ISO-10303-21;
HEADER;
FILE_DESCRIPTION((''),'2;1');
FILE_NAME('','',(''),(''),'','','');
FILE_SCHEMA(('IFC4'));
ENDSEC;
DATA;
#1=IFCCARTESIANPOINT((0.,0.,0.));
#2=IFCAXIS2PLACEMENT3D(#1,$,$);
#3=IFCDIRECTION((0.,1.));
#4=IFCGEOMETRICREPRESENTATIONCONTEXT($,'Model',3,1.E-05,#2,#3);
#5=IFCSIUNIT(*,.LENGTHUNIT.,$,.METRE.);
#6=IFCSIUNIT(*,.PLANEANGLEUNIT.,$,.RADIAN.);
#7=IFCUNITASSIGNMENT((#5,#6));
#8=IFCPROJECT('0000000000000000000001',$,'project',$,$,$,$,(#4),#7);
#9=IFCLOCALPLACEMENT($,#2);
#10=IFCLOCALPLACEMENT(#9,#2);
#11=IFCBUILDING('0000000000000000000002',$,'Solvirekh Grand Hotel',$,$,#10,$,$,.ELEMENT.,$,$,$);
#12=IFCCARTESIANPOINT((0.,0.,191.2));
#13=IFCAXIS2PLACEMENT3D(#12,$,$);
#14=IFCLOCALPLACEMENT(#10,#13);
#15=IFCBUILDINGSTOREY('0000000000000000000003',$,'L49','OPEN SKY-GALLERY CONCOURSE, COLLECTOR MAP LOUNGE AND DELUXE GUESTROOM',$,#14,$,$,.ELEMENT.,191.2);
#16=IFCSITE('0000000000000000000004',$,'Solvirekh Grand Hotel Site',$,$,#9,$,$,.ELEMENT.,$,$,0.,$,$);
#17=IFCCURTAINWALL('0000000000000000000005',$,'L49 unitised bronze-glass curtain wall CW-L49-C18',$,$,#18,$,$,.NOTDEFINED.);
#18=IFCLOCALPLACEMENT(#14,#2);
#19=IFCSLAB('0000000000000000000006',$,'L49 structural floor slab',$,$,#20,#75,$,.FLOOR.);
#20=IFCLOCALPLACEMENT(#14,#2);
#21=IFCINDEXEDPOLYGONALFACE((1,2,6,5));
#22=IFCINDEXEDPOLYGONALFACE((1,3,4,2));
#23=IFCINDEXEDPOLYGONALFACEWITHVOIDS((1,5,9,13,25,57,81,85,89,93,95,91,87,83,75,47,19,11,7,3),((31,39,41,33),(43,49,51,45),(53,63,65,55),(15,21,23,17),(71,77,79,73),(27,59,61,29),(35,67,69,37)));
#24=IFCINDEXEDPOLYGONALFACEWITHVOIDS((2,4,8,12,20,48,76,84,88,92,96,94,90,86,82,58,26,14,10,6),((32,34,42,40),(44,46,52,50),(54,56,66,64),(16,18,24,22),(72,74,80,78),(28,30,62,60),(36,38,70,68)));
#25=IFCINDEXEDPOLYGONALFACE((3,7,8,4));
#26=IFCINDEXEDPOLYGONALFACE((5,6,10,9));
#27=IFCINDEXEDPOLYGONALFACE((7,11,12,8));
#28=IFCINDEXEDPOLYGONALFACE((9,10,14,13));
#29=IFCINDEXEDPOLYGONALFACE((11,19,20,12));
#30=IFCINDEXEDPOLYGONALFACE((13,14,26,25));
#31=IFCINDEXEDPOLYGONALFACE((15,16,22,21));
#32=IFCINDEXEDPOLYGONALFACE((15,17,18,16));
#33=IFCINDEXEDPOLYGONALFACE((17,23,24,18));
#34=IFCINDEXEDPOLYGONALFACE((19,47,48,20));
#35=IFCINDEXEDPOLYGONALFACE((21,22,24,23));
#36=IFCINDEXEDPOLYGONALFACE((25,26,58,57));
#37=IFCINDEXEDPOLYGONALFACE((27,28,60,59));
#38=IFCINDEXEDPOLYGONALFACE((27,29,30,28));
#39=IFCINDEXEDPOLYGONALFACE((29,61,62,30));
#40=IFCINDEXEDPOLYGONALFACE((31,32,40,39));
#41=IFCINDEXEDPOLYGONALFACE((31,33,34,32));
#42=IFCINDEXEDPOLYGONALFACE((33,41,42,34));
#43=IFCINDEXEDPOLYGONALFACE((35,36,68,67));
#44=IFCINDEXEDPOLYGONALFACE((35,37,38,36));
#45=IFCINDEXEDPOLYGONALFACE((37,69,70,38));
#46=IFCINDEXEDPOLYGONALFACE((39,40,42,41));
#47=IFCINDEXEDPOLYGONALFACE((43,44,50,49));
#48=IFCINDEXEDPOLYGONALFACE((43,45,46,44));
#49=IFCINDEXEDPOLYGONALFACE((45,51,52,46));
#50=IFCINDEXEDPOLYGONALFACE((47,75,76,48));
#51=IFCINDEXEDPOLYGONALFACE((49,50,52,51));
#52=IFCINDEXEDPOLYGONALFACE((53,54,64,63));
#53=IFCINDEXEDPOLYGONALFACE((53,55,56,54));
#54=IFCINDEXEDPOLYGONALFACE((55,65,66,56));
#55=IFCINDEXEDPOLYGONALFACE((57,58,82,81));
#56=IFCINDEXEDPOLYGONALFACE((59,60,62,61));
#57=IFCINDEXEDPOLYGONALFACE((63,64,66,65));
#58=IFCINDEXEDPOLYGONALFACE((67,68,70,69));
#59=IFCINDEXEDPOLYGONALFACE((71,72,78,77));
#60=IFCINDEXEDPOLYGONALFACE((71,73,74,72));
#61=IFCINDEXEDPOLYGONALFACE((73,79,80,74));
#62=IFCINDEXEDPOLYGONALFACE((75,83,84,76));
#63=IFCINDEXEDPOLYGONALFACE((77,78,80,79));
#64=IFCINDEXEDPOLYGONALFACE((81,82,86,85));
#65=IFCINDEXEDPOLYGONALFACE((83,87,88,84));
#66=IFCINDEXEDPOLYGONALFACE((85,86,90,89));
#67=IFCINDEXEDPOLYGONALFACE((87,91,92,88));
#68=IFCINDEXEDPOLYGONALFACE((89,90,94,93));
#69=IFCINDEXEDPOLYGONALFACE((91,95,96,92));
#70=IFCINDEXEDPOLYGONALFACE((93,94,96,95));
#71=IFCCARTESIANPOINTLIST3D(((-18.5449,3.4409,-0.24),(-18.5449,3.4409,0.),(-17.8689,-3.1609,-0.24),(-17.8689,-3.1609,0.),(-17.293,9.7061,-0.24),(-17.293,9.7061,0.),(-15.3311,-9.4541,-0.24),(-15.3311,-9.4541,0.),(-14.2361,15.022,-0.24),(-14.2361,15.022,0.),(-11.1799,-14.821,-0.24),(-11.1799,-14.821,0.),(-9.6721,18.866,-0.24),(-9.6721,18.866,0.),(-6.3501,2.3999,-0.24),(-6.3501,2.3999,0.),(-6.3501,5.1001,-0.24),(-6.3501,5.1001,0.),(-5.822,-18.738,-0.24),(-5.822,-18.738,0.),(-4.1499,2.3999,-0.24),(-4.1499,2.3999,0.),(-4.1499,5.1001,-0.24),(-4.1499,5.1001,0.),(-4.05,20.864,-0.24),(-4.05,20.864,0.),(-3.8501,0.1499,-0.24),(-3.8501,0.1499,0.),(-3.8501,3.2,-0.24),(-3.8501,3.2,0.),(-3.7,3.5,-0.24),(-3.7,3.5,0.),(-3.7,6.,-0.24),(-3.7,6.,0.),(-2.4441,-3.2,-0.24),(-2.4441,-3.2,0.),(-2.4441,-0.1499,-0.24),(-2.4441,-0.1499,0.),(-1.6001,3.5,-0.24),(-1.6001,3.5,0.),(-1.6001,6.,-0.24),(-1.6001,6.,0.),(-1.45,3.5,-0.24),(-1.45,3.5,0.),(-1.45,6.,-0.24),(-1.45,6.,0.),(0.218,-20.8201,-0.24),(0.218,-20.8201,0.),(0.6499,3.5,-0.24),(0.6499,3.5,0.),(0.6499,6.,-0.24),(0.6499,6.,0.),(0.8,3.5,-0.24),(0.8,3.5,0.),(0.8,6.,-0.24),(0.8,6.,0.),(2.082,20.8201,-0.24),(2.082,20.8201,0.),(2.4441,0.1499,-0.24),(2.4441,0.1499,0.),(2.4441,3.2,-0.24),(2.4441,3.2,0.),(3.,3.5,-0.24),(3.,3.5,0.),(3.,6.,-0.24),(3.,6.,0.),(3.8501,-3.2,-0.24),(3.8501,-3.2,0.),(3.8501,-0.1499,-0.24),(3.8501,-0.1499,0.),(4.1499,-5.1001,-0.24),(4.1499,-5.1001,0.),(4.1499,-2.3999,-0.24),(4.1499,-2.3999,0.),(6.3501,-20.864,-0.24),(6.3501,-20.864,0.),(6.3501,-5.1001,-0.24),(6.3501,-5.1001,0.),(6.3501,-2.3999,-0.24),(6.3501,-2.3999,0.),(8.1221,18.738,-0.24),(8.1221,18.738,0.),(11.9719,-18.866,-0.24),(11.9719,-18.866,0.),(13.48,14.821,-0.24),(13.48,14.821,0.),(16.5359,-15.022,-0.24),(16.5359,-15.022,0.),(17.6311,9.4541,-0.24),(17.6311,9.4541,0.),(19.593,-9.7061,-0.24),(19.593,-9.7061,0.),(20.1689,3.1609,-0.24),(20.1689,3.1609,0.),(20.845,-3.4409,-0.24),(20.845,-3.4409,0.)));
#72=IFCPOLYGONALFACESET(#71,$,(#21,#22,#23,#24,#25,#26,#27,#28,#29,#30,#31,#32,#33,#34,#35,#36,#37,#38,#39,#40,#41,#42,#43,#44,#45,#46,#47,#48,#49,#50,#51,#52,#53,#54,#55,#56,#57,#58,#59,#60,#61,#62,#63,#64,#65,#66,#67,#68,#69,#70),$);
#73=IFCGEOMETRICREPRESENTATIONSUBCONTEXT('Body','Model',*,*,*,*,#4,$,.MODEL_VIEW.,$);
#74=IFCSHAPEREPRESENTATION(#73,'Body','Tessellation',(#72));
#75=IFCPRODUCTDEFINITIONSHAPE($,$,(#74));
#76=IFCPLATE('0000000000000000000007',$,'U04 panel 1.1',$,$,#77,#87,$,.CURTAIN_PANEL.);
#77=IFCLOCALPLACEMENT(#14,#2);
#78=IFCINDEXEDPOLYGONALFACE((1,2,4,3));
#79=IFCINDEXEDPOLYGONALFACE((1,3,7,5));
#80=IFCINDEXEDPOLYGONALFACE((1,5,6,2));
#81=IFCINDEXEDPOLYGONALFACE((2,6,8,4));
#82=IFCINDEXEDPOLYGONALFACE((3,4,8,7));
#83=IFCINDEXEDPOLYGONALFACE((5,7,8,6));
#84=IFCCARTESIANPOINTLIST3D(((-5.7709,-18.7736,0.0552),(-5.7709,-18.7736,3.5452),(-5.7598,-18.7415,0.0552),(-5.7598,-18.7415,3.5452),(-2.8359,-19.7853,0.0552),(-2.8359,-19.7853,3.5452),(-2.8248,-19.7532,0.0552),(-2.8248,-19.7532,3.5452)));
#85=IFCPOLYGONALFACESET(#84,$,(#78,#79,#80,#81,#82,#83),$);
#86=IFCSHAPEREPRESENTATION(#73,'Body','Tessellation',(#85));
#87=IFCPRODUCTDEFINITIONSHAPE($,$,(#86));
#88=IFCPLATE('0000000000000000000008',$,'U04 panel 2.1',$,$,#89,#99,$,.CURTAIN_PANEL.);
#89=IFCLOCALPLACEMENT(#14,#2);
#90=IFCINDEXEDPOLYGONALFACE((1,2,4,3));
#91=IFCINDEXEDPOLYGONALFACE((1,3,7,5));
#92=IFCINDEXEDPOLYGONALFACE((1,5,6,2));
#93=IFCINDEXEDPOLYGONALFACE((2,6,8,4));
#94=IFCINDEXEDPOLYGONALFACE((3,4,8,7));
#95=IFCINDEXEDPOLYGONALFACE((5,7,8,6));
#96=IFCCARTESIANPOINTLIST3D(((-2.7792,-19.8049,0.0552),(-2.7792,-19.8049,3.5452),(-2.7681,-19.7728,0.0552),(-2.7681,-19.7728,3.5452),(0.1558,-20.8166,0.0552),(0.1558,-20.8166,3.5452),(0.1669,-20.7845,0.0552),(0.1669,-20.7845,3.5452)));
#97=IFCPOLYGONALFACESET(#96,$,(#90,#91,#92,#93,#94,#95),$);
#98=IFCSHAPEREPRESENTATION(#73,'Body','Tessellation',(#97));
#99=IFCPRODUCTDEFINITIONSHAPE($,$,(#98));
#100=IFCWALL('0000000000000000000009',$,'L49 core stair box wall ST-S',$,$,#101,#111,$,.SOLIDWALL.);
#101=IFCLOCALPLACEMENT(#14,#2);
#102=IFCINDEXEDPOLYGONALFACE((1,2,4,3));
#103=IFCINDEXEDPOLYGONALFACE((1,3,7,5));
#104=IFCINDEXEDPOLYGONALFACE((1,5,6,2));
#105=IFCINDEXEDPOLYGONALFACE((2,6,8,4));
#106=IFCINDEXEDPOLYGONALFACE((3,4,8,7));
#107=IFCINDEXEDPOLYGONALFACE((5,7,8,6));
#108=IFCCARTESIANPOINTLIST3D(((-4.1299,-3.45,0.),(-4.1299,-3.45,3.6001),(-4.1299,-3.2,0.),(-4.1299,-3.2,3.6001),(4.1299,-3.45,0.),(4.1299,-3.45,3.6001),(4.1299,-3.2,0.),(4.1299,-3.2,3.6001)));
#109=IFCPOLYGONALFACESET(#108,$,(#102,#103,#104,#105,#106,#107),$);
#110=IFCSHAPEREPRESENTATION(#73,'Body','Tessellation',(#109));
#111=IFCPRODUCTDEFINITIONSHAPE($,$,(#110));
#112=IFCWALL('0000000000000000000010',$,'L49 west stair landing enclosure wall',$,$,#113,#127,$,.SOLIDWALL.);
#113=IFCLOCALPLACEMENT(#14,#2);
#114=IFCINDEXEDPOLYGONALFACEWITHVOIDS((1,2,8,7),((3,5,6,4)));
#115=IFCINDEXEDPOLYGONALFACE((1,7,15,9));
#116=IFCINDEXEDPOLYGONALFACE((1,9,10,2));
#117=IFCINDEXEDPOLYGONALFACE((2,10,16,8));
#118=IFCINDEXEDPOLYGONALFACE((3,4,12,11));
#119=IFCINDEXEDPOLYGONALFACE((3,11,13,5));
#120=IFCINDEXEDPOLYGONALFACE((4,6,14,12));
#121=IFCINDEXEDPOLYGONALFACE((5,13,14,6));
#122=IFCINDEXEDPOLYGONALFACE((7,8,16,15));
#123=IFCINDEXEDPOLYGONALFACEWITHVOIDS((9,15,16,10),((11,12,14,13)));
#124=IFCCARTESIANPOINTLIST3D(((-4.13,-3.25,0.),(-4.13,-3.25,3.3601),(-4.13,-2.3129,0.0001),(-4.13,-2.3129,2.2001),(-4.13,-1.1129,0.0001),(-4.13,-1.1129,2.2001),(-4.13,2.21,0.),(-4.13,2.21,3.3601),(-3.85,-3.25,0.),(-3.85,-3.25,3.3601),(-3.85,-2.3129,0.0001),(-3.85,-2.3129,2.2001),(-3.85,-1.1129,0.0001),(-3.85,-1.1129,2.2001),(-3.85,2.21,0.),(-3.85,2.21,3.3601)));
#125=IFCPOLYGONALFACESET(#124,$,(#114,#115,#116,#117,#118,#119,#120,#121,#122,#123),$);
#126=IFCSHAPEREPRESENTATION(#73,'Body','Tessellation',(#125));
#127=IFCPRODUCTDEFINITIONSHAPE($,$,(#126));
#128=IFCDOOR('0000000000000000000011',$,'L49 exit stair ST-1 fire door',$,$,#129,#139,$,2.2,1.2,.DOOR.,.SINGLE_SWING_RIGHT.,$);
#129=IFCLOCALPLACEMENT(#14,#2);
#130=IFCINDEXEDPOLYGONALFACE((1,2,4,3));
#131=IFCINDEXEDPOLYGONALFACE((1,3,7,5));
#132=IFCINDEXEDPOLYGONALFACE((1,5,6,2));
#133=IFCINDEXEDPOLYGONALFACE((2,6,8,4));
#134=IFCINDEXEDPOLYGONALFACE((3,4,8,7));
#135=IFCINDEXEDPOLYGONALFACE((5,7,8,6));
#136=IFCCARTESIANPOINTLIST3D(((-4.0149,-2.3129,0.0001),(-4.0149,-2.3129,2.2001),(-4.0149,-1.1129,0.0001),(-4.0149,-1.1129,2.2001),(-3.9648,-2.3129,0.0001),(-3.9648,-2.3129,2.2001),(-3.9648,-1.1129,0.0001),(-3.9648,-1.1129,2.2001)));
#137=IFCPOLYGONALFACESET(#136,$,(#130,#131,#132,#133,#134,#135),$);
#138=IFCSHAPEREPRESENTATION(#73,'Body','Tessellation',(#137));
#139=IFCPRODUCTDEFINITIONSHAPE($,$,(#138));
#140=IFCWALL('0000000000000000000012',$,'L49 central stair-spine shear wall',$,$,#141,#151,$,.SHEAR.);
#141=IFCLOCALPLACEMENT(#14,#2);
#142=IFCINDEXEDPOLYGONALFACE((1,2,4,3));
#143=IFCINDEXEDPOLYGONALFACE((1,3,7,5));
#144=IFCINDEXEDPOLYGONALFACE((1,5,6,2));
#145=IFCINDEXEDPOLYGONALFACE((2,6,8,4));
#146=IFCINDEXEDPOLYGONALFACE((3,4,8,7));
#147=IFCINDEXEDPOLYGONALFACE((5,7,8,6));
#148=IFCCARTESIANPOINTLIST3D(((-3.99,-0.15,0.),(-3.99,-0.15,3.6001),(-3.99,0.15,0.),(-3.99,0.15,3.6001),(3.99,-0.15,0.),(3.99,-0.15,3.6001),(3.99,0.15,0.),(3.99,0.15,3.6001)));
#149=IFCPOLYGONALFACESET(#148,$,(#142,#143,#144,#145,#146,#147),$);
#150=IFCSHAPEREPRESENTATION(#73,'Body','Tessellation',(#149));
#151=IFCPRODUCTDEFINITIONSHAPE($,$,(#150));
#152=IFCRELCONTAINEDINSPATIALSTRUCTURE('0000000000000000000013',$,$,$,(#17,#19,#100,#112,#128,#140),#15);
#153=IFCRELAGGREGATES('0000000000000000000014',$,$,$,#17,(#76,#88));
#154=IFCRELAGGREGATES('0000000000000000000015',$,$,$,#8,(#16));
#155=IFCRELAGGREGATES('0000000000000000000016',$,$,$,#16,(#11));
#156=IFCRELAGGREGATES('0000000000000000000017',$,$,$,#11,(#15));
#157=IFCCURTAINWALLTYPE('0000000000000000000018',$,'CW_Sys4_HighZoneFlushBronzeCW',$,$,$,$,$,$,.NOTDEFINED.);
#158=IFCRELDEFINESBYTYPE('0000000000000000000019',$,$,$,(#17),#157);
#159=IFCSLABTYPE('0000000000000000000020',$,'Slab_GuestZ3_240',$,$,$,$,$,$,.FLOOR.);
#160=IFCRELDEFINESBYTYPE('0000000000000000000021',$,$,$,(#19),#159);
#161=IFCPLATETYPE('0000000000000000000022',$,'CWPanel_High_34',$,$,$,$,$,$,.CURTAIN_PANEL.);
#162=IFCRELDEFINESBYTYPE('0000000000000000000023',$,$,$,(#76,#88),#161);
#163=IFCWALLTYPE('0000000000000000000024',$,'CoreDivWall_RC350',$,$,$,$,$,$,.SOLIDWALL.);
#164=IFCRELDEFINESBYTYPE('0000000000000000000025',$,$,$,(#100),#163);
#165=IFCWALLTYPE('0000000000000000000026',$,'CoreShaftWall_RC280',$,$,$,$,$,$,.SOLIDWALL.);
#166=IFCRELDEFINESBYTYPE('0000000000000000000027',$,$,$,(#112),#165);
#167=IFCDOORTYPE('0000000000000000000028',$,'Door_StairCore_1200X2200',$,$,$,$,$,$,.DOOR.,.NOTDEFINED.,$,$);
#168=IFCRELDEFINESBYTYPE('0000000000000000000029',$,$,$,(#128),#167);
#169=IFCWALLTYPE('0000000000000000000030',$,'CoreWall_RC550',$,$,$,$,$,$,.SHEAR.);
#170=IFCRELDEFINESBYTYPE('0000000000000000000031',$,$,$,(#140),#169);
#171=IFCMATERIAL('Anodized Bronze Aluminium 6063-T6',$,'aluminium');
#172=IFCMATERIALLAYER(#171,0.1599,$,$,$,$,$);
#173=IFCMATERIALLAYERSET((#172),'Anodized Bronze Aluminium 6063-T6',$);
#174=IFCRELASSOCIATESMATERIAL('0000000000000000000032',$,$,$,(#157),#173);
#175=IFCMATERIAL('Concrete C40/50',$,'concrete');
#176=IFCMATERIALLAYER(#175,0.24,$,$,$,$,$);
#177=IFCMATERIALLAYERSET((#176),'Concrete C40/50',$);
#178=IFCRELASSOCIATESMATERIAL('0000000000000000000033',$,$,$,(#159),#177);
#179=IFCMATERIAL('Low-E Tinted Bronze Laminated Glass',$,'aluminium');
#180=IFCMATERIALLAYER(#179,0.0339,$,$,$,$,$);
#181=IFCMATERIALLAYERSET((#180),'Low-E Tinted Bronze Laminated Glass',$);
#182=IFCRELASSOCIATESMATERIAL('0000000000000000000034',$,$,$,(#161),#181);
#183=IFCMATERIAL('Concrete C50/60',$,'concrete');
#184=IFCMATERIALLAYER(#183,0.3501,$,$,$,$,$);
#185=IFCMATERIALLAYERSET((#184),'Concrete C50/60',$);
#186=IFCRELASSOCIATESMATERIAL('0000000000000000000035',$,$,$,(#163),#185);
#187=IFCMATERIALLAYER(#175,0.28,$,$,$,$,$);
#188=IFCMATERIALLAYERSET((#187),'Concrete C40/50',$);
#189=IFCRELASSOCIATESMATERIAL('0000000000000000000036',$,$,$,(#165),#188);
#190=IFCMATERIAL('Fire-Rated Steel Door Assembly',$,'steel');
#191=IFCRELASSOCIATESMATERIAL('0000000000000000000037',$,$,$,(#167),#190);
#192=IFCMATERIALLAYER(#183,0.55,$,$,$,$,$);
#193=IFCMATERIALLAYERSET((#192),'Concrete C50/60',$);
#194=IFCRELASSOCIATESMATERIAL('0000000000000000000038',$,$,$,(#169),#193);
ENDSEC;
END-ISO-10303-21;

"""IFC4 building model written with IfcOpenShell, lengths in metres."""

from ifc_helpers import new_model, si_unit, direction, frame, frame_2d, origin, origin_2d, place, context, subcontext, project, spatial, polyline, rectangle, outline, extrude, source, transform, mapped, material, layer, layer_set, type_object, element, fill, aggregate, save


model = new_model("IFC4")

# Units and contexts
model_context = context("Model", 3, precision=1e-05, world=origin(), true_north=direction((0.0, 1.0)))
body_context = subcontext(model_context, "Body", "Model", "MODEL_VIEW")
ifc_project = project(units=[si_unit("LENGTHUNIT", "METRE"), si_unit("PLANEANGLEUNIT", "RADIAN")], contexts=[model_context])

# Site, building, storey
site_placement = place(None, origin())
site = spatial("IfcSite", under=ifc_project, at=site_placement, Name="Solvirekh Grand Hotel Site", CompositionType="ELEMENT", RefElevation=0.0)
building_placement = place(site_placement, origin())
building = spatial("IfcBuilding", under=site, at=building_placement, Name="Solvirekh Grand Hotel", CompositionType="ELEMENT")
storey_placement = place(building_placement, frame((0.0, 0.0, 191.2)))
storey = spatial("IfcBuildingStorey", under=building, at=storey_placement, Name="L49", Description="OPEN SKY-GALLERY CONCOURSE, COLLECTOR MAP LOUNGE AND DELUXE GUESTROOM", CompositionType="ELEMENT", Elevation=191.2)

# Shared definitions
ifc_material_1 = material(Name="Concrete C50/60", Category="concrete")

# Curtain wall
ifc_material_2 = material(Name="Anodized Bronze Aluminium 6063-T6", Category="aluminium")
ifc_layer_1 = layer(ifc_material_2, 0.1599)
ifc_layer_set_1 = layer_set([ifc_layer_1], Name="Anodized Bronze Aluminium 6063-T6")
curtain_wall_type = type_object("IfcCurtainWallType", Name="CW_Sys4_HighZoneFlushBronzeCW", PredefinedType="NOTDEFINED", material=ifc_layer_set_1)
curtain_wall_placement = place(storey_placement, origin())
curtain_wall = element("IfcCurtainWall", 1, at=curtain_wall_placement, inside=storey, type_object=curtain_wall_type, Name="L49 unitised bronze-glass curtain wall CW-L49-C18", PredefinedType="NOTDEFINED")

# Shared definitions
ifc_material_3 = material(Name="Concrete C40/50", Category="concrete")

# Slab
ifc_layer_2 = layer(ifc_material_3, 0.24)
ifc_layer_set_2 = layer_set([ifc_layer_2], Name="Concrete C40/50")
slab_type_1 = type_object("IfcSlabType", Name="Slab_GuestZ3_240", PredefinedType="FLOOR", material=ifc_layer_set_2)
slab_1_placement = place(storey_placement, frame((0.0, 0.0, -0.24)))
element("IfcSlab", 2, at=slab_1_placement, inside=storey, type_object=slab_type_1, Name="L49 structural floor slab", PredefinedType="FLOOR", context=body_context, shape_type="SweptSolid", body=[
    extrude(outline(polyline([(11.9719, -18.866), (16.5359, -15.022), (19.593, -9.7061), (20.845, -3.4409), (20.1689, 3.1609), (17.6311, 9.4541), (13.48, 14.821), (8.1221, 18.738), (2.082, 20.8201), (-4.05, 20.864), (-9.6721, 18.866), (-14.2361, 15.022), (-17.293, 9.7061), (-18.5449, 3.4409), (-17.8689, -3.1609), (-15.3311, -9.4541), (-11.1799, -14.821), (-5.822, -18.738), (0.218, -20.8201), (6.3501, -20.864), (11.9719, -18.866)]), holes=[polyline([(-2.4441, -0.1499), (3.8501, -0.1499), (3.8501, -3.2), (-2.4441, -3.2), (-2.4441, -0.1499)]), polyline([(2.4441, 0.1499), (-3.8501, 0.1499), (-3.8501, 3.2), (2.4441, 3.2), (2.4441, 0.1499)]), polyline([(-3.7, 6.0), (-1.6001, 6.0), (-1.6001, 3.5), (-3.7, 3.5), (-3.7, 6.0)]), polyline([(-1.45, 6.0), (0.6499, 6.0), (0.6499, 3.5), (-1.45, 3.5), (-1.45, 6.0)]), polyline([(0.8, 6.0), (3.0, 6.0), (3.0, 3.5), (0.8, 3.5), (0.8, 6.0)]), polyline([(-6.3501, 5.1001), (-4.1499, 5.1001), (-4.1499, 2.3999), (-6.3501, 2.3999), (-6.3501, 5.1001)]), polyline([(4.1499, -2.3999), (6.3501, -2.3999), (6.3501, -5.1001), (4.1499, -5.1001), (4.1499, -2.3999)])]), origin(), (0.0, 0.0, 1.0), 0.24),
])

# Plates
ifc_material_4 = material(Name="Low-E Tinted Bronze Laminated Glass", Category="aluminium")
ifc_layer_3 = layer(ifc_material_4, 0.0339)
ifc_layer_set_3 = layer_set([ifc_layer_3], Name="Low-E Tinted Bronze Laminated Glass")
plate_type = type_object("IfcPlateType", Name="CWPanel_High_34", PredefinedType="CURTAIN_PANEL", material=ifc_layer_set_3)
shared_shape_1 = source(origin(), body_context, "Body", "SweptSolid", [
    extrude(rectangle(XDim=3.1045, YDim=0.0339, at=origin_2d()), origin(), (0.0, 0.0, 1.0), 3.49),
])
plate_1_placement = place(storey_placement, frame((-4.2979, -19.2634, 0.0552), z_axis=(0.0, 0.0, 1.0), x_axis=(0.94541, -0.325885, 0.0)))
plate_1 = element("IfcPlate", 3, at=plate_1_placement, type_object=plate_type, Name="U04 panel 1.1", PredefinedType="CURTAIN_PANEL", context=body_context, shape_type="MappedRepresentation", body=[
    mapped(shared_shape_1, transform((0.0, 0.0, 0.0), x_axis=(1.0, 0.0, 0.0), y_axis=(0.0, 1.0, 0.0), z_axis=(0.0, 0.0, 1.0), scale=1.0)),
])
plate_2_placement = place(storey_placement, frame((-1.3062, -20.2947, 0.0552), z_axis=(0.0, 0.0, 1.0), x_axis=(0.94541, -0.325885, 0.0)))
plate_2 = element("IfcPlate", 4, at=plate_2_placement, type_object=plate_type, Name="U04 panel 2.1", PredefinedType="CURTAIN_PANEL", context=body_context, shape_type="MappedRepresentation", body=[
    mapped(shared_shape_1, transform((0.0, 0.0, 0.0), x_axis=(1.0, 0.0, 0.0), y_axis=(0.0, 1.0, 0.0), z_axis=(0.0, 0.0, 1.0), scale=1.0)),
])
aggregate(curtain_wall, [plate_1, plate_2])

# Wall
ifc_layer_4 = layer(ifc_material_1, 0.3501)
ifc_layer_set_4 = layer_set([ifc_layer_4], Name="Concrete C50/60")
wall_type_1 = type_object("IfcWallType", Name="CoreDivWall_RC350", PredefinedType="SOLIDWALL", material=ifc_layer_set_4)
wall_1_placement = place(storey_placement, frame((-4.1299, -3.325, 0.0), z_axis=(0.0, 0.0, 1.0), x_axis=(1.0, 0.0, 0.0)))
element("IfcWall", 5, at=wall_1_placement, inside=storey, type_object=wall_type_1, Name="L49 core stair box wall ST-S", PredefinedType="SOLIDWALL", context=body_context, shape_type="SweptSolid", body=[
    extrude(rectangle(XDim=8.2598, YDim=0.25, at=frame_2d((4.1299, 0.0))), origin(), (0.0, 0.0, 1.0), 3.6001),
])

# Wall, opening, door
ifc_layer_5 = layer(ifc_material_3, 0.28)
ifc_layer_set_5 = layer_set([ifc_layer_5], Name="Concrete C40/50")
wall_type_2 = type_object("IfcWallType", Name="CoreShaftWall_RC280", PredefinedType="SOLIDWALL", material=ifc_layer_set_5)
wall_2_placement = place(storey_placement, frame((-3.99, -3.25, 0.0), z_axis=(0.0, 0.0, 1.0), x_axis=(0.0, 1.0, 0.0)))
wall_2 = element("IfcWall", 6, at=wall_2_placement, inside=storey, type_object=wall_type_2, Name="L49 west stair landing enclosure wall", PredefinedType="SOLIDWALL", context=body_context, shape_type="SweptSolid", body=[
    extrude(rectangle(XDim=5.46, YDim=0.28, at=frame_2d((2.73, 0.0))), origin(), (0.0, 0.0, 1.0), 3.3601),
])
opening_1_placement = place(wall_2_placement, frame((0.937, 0.0, 0.0)))
opening_1 = element("IfcOpeningElement", 7, at=opening_1_placement, cuts=wall_2, PredefinedType="OPENING", context=body_context, shape_type="SweptSolid", body=[
    extrude(rectangle(XDim=1.2, YDim=2.2, at=frame_2d((0.6001, 1.1001))), frame((0.0, 0.1499, 0.0), z_axis=(0.0, -1.0, 0.0), x_axis=(1.0, 0.0, 0.0)), (0.0, 0.0, 1.0), 0.3),
])
ifc_material_5 = material(Name="Fire-Rated Steel Door Assembly", Category="steel")
door_type_1 = type_object("IfcDoorType", Name="Door_StairCore_1200X2200", OperationType="NOTDEFINED", PredefinedType="DOOR", material=ifc_material_5)
door_1_placement = place(opening_1_placement, origin())
door_1 = element("IfcDoor", 8, at=door_1_placement, inside=storey, type_object=door_type_1, Name="L49 exit stair ST-1 fire door", OperationType="SINGLE_SWING_RIGHT", OverallHeight=2.2, OverallWidth=1.2, PredefinedType="DOOR", context=body_context, shape_type="SweptSolid", body=[
    extrude(rectangle(XDim=1.2, YDim=2.2, at=frame_2d((0.6001, 1.1001))), frame((0.0, 0.0249, 0.0), z_axis=(0.0, -1.0, 0.0), x_axis=(1.0, 0.0, 0.0)), (0.0, 0.0, 1.0), 0.05),
])
fill(opening_1, door_1)

# Wall
ifc_layer_6 = layer(ifc_material_1, 0.55)
ifc_layer_set_6 = layer_set([ifc_layer_6], Name="Concrete C50/60")
wall_type_3 = type_object("IfcWallType", Name="CoreWall_RC550", PredefinedType="SHEAR", material=ifc_layer_set_6)
wall_3_placement = place(storey_placement, frame((-3.99, 0.0, 0.0), z_axis=(0.0, 0.0, 1.0), x_axis=(1.0, 0.0, 0.0)))
element("IfcWall", 9, at=wall_3_placement, inside=storey, type_object=wall_type_3, Name="L49 central stair-spine shear wall", PredefinedType="SHEAR", context=body_context, shape_type="SweptSolid", body=[
    extrude(rectangle(XDim=7.98, YDim=0.3, at=frame_2d((3.99, 0.0))), origin(), (0.0, 0.0, 1.0), 3.6001),
])

save(model, "model.ifc")
